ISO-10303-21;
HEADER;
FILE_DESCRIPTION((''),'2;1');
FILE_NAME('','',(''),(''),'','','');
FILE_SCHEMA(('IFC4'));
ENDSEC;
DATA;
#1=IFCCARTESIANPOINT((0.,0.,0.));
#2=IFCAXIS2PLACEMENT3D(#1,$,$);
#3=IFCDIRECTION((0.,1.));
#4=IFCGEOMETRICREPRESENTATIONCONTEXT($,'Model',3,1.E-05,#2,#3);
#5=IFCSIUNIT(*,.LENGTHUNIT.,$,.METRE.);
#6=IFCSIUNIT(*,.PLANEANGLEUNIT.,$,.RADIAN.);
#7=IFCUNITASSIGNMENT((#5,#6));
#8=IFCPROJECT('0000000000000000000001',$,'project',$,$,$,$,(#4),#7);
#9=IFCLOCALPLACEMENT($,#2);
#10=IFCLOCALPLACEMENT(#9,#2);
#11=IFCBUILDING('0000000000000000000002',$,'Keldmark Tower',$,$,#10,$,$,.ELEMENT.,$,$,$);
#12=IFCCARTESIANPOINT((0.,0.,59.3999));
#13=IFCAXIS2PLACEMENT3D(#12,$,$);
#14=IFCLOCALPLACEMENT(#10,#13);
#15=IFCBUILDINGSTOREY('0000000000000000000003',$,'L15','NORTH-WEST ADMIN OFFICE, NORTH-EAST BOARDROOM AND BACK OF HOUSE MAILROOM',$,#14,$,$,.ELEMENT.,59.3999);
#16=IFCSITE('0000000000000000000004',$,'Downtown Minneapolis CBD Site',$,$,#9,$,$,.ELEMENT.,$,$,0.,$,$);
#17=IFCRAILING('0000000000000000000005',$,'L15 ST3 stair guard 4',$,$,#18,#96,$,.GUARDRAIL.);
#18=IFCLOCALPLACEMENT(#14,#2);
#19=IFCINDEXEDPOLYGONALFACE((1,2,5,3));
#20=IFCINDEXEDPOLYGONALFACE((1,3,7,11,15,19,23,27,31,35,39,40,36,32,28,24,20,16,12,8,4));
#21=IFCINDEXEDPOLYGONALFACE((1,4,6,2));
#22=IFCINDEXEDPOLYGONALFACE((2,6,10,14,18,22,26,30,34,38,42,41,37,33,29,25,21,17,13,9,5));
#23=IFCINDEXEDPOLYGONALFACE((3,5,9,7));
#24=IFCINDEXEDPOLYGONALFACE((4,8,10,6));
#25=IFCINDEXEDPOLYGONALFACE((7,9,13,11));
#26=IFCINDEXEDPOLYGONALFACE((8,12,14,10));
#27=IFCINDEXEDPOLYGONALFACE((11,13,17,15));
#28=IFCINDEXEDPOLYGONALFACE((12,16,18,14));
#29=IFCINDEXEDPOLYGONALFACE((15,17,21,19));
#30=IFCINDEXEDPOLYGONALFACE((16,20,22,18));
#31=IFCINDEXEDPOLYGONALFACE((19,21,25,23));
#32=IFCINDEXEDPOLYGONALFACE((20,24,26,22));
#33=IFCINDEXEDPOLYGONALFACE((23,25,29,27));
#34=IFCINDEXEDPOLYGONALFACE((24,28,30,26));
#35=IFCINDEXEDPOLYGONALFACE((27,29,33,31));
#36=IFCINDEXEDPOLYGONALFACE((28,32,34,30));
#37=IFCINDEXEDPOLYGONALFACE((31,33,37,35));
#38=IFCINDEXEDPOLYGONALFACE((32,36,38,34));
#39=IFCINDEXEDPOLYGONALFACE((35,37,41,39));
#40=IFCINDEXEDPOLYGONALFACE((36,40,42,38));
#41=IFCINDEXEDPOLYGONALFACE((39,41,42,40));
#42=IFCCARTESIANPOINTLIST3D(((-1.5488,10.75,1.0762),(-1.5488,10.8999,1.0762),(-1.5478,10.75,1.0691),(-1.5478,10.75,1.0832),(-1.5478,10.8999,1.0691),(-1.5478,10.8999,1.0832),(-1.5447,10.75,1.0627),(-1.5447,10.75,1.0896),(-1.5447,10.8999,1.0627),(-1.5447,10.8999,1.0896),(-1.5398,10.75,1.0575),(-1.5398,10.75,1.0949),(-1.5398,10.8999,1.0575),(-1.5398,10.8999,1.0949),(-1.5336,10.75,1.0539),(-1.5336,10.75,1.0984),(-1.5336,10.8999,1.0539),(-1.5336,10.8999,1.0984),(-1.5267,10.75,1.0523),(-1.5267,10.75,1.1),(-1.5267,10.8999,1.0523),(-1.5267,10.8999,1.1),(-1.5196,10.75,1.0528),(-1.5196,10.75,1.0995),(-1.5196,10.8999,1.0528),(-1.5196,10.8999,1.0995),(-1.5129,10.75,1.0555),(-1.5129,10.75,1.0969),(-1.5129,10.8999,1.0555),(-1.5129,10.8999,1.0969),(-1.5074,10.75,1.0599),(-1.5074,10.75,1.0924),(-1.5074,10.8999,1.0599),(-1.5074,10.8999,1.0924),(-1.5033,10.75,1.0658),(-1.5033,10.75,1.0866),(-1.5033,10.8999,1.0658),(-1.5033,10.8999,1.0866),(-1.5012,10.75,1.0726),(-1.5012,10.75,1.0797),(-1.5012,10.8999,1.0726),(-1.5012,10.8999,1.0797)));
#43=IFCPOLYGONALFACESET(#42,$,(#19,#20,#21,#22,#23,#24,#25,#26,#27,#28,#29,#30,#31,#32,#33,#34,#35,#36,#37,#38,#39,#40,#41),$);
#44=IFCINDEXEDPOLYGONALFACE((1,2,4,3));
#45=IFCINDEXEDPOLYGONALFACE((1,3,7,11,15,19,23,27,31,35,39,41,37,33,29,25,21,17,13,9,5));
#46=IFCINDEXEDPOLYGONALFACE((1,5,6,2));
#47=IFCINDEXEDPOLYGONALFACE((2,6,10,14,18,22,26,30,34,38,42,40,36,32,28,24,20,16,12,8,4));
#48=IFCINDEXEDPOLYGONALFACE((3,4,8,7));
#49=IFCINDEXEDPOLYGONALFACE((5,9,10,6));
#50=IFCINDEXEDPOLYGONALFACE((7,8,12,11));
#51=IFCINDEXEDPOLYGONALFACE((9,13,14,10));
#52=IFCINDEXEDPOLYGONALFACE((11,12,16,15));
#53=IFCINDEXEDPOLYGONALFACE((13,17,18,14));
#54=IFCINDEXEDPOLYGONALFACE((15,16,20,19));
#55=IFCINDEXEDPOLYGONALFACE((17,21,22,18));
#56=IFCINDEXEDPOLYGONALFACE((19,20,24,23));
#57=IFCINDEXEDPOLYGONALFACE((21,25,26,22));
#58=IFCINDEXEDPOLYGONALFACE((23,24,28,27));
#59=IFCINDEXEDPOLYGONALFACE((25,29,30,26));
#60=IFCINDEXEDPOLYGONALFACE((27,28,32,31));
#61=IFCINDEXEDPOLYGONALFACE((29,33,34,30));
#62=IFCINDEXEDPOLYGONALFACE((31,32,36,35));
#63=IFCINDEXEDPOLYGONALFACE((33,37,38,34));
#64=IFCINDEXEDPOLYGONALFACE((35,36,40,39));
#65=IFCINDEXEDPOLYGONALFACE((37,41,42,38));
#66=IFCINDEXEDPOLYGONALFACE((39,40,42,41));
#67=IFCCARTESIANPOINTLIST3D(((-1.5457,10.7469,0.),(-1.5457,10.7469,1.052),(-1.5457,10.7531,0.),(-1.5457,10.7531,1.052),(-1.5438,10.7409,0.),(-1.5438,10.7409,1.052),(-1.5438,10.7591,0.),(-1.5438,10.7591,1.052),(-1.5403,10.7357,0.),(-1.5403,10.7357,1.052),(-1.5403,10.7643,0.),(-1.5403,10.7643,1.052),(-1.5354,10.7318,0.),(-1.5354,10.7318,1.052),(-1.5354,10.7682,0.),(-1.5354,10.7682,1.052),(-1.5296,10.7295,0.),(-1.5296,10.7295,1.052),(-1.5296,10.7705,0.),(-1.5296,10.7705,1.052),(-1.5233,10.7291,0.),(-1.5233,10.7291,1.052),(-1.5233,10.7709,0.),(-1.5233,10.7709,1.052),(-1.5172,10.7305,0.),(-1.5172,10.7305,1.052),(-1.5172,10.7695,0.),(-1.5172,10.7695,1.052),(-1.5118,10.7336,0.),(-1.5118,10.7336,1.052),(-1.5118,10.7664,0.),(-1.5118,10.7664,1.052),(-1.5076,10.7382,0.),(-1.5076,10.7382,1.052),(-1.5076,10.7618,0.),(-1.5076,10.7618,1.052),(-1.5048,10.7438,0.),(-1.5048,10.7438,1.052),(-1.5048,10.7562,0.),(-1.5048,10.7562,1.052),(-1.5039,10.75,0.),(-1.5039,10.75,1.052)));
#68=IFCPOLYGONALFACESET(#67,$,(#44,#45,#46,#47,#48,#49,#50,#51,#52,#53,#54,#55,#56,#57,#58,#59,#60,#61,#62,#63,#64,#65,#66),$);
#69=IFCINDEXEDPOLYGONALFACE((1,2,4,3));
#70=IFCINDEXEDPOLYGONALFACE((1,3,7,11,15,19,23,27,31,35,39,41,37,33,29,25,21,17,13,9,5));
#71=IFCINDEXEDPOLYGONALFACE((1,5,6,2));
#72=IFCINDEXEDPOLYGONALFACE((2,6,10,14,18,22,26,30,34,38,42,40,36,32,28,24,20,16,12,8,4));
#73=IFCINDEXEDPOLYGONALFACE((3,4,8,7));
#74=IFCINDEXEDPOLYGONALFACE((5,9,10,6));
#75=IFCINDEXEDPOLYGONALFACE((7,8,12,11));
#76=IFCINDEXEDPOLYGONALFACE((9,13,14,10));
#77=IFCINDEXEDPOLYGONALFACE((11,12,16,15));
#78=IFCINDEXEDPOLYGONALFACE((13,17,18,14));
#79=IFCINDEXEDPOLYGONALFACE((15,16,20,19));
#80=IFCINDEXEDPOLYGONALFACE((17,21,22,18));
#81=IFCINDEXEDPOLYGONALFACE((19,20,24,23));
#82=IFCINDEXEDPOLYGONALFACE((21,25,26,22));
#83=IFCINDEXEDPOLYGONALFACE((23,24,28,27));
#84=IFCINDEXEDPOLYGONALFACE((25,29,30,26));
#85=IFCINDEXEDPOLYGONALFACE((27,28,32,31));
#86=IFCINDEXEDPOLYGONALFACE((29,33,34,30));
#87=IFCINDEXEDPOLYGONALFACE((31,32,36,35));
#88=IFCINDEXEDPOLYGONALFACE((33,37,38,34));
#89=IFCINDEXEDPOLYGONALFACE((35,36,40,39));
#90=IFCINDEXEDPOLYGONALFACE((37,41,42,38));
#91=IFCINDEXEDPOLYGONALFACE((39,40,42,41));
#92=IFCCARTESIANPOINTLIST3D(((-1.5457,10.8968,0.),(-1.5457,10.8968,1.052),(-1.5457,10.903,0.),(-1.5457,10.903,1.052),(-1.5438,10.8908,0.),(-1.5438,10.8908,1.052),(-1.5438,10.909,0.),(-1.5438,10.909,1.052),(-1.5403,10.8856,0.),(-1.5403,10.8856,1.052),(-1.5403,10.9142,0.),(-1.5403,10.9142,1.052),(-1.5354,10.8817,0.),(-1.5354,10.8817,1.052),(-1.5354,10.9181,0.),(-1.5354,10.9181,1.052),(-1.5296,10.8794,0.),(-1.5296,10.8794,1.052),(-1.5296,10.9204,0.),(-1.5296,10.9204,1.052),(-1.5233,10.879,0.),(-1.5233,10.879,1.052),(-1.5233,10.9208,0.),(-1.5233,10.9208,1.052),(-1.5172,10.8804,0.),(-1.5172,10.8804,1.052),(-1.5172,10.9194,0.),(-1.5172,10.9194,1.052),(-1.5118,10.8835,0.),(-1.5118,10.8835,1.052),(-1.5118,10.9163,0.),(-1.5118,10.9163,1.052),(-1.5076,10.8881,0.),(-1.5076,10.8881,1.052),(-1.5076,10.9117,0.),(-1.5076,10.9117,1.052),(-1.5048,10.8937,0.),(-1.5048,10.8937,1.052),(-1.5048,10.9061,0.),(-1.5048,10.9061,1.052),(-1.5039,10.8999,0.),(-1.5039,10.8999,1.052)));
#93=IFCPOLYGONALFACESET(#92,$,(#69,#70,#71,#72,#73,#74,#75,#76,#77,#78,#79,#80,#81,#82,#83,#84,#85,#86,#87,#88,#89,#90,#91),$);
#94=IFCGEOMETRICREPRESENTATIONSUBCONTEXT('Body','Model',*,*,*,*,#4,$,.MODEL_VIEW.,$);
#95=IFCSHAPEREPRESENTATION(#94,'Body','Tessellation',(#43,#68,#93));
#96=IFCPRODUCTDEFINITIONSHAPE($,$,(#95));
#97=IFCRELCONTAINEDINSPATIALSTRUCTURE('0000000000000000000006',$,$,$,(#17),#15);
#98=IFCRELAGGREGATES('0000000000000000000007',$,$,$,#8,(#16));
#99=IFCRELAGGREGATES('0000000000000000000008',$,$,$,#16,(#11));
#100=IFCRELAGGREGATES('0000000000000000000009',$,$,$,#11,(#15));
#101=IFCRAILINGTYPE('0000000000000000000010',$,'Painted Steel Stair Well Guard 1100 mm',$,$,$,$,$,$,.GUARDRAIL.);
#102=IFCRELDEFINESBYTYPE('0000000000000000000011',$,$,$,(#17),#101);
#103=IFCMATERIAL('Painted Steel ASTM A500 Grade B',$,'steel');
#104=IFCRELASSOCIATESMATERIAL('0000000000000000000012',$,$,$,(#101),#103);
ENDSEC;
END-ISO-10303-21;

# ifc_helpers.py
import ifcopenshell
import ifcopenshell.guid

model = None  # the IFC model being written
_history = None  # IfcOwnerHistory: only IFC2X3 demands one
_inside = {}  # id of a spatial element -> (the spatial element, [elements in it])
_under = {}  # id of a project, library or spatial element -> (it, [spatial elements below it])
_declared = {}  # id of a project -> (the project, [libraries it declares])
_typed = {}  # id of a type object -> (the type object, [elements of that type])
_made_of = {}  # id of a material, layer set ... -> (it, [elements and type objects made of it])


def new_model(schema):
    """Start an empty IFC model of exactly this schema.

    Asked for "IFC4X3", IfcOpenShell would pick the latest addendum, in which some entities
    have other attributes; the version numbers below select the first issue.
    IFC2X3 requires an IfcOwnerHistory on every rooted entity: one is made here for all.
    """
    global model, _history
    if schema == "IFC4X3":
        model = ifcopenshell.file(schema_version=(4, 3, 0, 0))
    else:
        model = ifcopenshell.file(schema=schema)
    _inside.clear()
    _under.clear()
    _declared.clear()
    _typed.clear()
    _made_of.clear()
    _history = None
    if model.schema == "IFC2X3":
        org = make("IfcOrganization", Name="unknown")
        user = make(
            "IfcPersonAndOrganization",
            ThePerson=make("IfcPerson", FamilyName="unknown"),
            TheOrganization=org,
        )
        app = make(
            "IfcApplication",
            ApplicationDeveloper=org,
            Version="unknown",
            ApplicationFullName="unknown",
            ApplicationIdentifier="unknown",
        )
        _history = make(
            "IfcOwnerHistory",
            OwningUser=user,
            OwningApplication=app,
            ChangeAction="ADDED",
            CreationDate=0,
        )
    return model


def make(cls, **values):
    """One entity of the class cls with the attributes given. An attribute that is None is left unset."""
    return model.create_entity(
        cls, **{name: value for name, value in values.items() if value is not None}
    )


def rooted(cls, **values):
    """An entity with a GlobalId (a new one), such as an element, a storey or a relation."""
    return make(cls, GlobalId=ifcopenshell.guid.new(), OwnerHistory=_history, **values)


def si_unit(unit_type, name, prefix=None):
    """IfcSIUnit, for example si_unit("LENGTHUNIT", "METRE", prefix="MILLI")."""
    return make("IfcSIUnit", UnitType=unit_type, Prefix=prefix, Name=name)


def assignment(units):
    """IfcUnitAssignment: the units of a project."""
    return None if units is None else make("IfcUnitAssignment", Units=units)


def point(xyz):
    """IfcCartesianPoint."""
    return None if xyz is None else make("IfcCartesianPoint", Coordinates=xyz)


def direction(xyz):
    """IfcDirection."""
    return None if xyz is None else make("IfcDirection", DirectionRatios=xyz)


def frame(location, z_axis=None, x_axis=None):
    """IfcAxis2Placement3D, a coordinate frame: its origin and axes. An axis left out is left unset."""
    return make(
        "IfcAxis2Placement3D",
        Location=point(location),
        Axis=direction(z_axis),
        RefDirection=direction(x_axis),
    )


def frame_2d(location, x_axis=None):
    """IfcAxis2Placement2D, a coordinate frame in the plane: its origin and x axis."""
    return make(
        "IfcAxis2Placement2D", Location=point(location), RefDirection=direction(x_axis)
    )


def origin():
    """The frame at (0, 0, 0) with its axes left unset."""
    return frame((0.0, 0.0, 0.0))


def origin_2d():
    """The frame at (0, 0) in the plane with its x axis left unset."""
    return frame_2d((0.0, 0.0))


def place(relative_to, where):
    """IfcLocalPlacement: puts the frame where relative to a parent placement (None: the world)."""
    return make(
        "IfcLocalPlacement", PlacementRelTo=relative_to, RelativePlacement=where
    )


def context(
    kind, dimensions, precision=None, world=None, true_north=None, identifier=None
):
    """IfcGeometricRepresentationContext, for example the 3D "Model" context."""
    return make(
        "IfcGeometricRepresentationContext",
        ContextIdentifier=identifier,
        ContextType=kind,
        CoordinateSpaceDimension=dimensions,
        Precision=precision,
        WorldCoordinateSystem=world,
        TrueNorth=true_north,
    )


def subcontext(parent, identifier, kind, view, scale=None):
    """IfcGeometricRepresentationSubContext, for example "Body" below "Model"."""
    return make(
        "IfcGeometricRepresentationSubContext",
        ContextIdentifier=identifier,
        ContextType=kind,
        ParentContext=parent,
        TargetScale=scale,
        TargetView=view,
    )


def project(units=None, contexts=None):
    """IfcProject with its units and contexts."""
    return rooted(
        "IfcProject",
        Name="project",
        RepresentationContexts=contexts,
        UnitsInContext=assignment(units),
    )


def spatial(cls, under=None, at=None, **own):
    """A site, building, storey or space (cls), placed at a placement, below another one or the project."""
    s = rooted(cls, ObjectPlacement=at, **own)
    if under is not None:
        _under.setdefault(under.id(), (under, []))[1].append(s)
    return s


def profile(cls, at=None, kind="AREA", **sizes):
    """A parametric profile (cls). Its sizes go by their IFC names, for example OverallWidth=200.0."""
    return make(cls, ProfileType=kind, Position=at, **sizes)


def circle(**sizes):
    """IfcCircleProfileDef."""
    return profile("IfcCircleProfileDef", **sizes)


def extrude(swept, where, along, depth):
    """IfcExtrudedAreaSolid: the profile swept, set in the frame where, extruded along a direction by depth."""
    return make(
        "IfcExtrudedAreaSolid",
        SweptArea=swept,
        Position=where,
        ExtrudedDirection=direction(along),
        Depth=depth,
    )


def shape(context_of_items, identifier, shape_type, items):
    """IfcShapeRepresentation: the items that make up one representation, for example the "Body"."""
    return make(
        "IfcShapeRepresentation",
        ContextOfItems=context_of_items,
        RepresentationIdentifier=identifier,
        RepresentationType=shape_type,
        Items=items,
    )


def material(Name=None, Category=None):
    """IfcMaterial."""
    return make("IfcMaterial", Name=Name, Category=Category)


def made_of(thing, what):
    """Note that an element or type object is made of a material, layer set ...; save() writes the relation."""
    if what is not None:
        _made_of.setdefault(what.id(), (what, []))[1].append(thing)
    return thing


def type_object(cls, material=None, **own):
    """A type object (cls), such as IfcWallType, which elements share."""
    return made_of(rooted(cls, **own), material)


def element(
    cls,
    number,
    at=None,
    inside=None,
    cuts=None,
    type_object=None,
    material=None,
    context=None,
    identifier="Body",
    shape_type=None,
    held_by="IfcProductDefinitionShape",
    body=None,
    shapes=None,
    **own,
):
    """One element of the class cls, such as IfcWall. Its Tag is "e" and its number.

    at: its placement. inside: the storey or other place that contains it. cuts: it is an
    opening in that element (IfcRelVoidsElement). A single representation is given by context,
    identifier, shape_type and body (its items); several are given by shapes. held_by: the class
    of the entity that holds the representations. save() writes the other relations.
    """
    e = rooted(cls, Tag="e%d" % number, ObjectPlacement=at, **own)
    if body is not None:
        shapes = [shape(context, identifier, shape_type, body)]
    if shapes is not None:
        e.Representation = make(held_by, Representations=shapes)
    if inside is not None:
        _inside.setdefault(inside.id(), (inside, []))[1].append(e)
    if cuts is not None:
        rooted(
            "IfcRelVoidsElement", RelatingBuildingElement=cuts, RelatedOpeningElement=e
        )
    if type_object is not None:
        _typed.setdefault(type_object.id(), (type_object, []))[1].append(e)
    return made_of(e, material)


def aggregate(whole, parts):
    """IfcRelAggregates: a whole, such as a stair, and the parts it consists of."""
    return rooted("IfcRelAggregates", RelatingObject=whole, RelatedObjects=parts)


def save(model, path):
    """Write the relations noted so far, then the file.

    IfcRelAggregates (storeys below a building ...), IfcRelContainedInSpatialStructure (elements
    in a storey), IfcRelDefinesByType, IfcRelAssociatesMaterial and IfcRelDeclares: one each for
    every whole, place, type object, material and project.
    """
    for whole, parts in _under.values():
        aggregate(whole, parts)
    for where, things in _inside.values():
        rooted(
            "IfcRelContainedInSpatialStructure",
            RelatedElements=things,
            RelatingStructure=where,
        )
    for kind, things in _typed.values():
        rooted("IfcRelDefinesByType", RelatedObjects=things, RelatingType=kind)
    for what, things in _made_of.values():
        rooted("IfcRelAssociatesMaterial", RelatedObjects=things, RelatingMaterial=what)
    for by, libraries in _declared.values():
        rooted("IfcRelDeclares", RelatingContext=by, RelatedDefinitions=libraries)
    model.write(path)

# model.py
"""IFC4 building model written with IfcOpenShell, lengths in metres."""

from ifc_helpers import new_model, si_unit, direction, frame, origin, origin_2d, place, context, subcontext, project, spatial, circle, extrude, material, type_object, element, save


model = new_model("IFC4")

# Units and contexts
model_context = context("Model", 3, precision=1e-05, world=origin(), true_north=direction((0.0, 1.0)))
body_context = subcontext(model_context, "Body", "Model", "MODEL_VIEW")
ifc_project = project(units=[si_unit("LENGTHUNIT", "METRE"), si_unit("PLANEANGLEUNIT", "RADIAN")], contexts=[model_context])

# Site, building, storey
site_placement = place(None, origin())
site = spatial("IfcSite", under=ifc_project, at=site_placement, Name="Downtown Minneapolis CBD Site", CompositionType="ELEMENT", RefElevation=0.0)
building_placement = place(site_placement, origin())
building = spatial("IfcBuilding", under=site, at=building_placement, Name="Keldmark Tower", CompositionType="ELEMENT")
storey_placement = place(building_placement, frame((0.0, 0.0, 59.3999)))
storey = spatial("IfcBuildingStorey", under=building, at=storey_placement, Name="L15", Description="NORTH-WEST ADMIN OFFICE, NORTH-EAST BOARDROOM AND BACK OF HOUSE MAILROOM", CompositionType="ELEMENT", Elevation=59.3999)

# Railing
ifc_material_1 = material(Name="Painted Steel ASTM A500 Grade B", Category="steel")
railing_type = type_object("IfcRailingType", Name="Painted Steel Stair Well Guard 1100 mm", PredefinedType="GUARDRAIL", material=ifc_material_1)
railing_1_placement = place(storey_placement, frame((-1.5249, 10.75, 0.0)))
element("IfcRailing", 1, at=railing_1_placement, inside=storey, type_object=railing_type, Name="L15 ST3 stair guard 4", PredefinedType="GUARDRAIL", context=body_context, shape_type="SweptSolid", body=[
    extrude(circle(Radius=0.0239, at=origin_2d()), frame((0.0, 0.0, 1.0762), z_axis=(0.0, 1.0, 0.0), x_axis=(-1.0, 0.0, 0.0)), (0.0, 0.0, 1.0), 0.1499),
    extrude(circle(Radius=0.021, at=origin_2d()), origin(), (0.0, 0.0, 1.0), 1.052),
    extrude(circle(Radius=0.021, at=origin_2d()), frame((0.0, 0.1499, 0.0)), (0.0, 0.0, 1.0), 1.052),
])

save(model, "model.ifc")
